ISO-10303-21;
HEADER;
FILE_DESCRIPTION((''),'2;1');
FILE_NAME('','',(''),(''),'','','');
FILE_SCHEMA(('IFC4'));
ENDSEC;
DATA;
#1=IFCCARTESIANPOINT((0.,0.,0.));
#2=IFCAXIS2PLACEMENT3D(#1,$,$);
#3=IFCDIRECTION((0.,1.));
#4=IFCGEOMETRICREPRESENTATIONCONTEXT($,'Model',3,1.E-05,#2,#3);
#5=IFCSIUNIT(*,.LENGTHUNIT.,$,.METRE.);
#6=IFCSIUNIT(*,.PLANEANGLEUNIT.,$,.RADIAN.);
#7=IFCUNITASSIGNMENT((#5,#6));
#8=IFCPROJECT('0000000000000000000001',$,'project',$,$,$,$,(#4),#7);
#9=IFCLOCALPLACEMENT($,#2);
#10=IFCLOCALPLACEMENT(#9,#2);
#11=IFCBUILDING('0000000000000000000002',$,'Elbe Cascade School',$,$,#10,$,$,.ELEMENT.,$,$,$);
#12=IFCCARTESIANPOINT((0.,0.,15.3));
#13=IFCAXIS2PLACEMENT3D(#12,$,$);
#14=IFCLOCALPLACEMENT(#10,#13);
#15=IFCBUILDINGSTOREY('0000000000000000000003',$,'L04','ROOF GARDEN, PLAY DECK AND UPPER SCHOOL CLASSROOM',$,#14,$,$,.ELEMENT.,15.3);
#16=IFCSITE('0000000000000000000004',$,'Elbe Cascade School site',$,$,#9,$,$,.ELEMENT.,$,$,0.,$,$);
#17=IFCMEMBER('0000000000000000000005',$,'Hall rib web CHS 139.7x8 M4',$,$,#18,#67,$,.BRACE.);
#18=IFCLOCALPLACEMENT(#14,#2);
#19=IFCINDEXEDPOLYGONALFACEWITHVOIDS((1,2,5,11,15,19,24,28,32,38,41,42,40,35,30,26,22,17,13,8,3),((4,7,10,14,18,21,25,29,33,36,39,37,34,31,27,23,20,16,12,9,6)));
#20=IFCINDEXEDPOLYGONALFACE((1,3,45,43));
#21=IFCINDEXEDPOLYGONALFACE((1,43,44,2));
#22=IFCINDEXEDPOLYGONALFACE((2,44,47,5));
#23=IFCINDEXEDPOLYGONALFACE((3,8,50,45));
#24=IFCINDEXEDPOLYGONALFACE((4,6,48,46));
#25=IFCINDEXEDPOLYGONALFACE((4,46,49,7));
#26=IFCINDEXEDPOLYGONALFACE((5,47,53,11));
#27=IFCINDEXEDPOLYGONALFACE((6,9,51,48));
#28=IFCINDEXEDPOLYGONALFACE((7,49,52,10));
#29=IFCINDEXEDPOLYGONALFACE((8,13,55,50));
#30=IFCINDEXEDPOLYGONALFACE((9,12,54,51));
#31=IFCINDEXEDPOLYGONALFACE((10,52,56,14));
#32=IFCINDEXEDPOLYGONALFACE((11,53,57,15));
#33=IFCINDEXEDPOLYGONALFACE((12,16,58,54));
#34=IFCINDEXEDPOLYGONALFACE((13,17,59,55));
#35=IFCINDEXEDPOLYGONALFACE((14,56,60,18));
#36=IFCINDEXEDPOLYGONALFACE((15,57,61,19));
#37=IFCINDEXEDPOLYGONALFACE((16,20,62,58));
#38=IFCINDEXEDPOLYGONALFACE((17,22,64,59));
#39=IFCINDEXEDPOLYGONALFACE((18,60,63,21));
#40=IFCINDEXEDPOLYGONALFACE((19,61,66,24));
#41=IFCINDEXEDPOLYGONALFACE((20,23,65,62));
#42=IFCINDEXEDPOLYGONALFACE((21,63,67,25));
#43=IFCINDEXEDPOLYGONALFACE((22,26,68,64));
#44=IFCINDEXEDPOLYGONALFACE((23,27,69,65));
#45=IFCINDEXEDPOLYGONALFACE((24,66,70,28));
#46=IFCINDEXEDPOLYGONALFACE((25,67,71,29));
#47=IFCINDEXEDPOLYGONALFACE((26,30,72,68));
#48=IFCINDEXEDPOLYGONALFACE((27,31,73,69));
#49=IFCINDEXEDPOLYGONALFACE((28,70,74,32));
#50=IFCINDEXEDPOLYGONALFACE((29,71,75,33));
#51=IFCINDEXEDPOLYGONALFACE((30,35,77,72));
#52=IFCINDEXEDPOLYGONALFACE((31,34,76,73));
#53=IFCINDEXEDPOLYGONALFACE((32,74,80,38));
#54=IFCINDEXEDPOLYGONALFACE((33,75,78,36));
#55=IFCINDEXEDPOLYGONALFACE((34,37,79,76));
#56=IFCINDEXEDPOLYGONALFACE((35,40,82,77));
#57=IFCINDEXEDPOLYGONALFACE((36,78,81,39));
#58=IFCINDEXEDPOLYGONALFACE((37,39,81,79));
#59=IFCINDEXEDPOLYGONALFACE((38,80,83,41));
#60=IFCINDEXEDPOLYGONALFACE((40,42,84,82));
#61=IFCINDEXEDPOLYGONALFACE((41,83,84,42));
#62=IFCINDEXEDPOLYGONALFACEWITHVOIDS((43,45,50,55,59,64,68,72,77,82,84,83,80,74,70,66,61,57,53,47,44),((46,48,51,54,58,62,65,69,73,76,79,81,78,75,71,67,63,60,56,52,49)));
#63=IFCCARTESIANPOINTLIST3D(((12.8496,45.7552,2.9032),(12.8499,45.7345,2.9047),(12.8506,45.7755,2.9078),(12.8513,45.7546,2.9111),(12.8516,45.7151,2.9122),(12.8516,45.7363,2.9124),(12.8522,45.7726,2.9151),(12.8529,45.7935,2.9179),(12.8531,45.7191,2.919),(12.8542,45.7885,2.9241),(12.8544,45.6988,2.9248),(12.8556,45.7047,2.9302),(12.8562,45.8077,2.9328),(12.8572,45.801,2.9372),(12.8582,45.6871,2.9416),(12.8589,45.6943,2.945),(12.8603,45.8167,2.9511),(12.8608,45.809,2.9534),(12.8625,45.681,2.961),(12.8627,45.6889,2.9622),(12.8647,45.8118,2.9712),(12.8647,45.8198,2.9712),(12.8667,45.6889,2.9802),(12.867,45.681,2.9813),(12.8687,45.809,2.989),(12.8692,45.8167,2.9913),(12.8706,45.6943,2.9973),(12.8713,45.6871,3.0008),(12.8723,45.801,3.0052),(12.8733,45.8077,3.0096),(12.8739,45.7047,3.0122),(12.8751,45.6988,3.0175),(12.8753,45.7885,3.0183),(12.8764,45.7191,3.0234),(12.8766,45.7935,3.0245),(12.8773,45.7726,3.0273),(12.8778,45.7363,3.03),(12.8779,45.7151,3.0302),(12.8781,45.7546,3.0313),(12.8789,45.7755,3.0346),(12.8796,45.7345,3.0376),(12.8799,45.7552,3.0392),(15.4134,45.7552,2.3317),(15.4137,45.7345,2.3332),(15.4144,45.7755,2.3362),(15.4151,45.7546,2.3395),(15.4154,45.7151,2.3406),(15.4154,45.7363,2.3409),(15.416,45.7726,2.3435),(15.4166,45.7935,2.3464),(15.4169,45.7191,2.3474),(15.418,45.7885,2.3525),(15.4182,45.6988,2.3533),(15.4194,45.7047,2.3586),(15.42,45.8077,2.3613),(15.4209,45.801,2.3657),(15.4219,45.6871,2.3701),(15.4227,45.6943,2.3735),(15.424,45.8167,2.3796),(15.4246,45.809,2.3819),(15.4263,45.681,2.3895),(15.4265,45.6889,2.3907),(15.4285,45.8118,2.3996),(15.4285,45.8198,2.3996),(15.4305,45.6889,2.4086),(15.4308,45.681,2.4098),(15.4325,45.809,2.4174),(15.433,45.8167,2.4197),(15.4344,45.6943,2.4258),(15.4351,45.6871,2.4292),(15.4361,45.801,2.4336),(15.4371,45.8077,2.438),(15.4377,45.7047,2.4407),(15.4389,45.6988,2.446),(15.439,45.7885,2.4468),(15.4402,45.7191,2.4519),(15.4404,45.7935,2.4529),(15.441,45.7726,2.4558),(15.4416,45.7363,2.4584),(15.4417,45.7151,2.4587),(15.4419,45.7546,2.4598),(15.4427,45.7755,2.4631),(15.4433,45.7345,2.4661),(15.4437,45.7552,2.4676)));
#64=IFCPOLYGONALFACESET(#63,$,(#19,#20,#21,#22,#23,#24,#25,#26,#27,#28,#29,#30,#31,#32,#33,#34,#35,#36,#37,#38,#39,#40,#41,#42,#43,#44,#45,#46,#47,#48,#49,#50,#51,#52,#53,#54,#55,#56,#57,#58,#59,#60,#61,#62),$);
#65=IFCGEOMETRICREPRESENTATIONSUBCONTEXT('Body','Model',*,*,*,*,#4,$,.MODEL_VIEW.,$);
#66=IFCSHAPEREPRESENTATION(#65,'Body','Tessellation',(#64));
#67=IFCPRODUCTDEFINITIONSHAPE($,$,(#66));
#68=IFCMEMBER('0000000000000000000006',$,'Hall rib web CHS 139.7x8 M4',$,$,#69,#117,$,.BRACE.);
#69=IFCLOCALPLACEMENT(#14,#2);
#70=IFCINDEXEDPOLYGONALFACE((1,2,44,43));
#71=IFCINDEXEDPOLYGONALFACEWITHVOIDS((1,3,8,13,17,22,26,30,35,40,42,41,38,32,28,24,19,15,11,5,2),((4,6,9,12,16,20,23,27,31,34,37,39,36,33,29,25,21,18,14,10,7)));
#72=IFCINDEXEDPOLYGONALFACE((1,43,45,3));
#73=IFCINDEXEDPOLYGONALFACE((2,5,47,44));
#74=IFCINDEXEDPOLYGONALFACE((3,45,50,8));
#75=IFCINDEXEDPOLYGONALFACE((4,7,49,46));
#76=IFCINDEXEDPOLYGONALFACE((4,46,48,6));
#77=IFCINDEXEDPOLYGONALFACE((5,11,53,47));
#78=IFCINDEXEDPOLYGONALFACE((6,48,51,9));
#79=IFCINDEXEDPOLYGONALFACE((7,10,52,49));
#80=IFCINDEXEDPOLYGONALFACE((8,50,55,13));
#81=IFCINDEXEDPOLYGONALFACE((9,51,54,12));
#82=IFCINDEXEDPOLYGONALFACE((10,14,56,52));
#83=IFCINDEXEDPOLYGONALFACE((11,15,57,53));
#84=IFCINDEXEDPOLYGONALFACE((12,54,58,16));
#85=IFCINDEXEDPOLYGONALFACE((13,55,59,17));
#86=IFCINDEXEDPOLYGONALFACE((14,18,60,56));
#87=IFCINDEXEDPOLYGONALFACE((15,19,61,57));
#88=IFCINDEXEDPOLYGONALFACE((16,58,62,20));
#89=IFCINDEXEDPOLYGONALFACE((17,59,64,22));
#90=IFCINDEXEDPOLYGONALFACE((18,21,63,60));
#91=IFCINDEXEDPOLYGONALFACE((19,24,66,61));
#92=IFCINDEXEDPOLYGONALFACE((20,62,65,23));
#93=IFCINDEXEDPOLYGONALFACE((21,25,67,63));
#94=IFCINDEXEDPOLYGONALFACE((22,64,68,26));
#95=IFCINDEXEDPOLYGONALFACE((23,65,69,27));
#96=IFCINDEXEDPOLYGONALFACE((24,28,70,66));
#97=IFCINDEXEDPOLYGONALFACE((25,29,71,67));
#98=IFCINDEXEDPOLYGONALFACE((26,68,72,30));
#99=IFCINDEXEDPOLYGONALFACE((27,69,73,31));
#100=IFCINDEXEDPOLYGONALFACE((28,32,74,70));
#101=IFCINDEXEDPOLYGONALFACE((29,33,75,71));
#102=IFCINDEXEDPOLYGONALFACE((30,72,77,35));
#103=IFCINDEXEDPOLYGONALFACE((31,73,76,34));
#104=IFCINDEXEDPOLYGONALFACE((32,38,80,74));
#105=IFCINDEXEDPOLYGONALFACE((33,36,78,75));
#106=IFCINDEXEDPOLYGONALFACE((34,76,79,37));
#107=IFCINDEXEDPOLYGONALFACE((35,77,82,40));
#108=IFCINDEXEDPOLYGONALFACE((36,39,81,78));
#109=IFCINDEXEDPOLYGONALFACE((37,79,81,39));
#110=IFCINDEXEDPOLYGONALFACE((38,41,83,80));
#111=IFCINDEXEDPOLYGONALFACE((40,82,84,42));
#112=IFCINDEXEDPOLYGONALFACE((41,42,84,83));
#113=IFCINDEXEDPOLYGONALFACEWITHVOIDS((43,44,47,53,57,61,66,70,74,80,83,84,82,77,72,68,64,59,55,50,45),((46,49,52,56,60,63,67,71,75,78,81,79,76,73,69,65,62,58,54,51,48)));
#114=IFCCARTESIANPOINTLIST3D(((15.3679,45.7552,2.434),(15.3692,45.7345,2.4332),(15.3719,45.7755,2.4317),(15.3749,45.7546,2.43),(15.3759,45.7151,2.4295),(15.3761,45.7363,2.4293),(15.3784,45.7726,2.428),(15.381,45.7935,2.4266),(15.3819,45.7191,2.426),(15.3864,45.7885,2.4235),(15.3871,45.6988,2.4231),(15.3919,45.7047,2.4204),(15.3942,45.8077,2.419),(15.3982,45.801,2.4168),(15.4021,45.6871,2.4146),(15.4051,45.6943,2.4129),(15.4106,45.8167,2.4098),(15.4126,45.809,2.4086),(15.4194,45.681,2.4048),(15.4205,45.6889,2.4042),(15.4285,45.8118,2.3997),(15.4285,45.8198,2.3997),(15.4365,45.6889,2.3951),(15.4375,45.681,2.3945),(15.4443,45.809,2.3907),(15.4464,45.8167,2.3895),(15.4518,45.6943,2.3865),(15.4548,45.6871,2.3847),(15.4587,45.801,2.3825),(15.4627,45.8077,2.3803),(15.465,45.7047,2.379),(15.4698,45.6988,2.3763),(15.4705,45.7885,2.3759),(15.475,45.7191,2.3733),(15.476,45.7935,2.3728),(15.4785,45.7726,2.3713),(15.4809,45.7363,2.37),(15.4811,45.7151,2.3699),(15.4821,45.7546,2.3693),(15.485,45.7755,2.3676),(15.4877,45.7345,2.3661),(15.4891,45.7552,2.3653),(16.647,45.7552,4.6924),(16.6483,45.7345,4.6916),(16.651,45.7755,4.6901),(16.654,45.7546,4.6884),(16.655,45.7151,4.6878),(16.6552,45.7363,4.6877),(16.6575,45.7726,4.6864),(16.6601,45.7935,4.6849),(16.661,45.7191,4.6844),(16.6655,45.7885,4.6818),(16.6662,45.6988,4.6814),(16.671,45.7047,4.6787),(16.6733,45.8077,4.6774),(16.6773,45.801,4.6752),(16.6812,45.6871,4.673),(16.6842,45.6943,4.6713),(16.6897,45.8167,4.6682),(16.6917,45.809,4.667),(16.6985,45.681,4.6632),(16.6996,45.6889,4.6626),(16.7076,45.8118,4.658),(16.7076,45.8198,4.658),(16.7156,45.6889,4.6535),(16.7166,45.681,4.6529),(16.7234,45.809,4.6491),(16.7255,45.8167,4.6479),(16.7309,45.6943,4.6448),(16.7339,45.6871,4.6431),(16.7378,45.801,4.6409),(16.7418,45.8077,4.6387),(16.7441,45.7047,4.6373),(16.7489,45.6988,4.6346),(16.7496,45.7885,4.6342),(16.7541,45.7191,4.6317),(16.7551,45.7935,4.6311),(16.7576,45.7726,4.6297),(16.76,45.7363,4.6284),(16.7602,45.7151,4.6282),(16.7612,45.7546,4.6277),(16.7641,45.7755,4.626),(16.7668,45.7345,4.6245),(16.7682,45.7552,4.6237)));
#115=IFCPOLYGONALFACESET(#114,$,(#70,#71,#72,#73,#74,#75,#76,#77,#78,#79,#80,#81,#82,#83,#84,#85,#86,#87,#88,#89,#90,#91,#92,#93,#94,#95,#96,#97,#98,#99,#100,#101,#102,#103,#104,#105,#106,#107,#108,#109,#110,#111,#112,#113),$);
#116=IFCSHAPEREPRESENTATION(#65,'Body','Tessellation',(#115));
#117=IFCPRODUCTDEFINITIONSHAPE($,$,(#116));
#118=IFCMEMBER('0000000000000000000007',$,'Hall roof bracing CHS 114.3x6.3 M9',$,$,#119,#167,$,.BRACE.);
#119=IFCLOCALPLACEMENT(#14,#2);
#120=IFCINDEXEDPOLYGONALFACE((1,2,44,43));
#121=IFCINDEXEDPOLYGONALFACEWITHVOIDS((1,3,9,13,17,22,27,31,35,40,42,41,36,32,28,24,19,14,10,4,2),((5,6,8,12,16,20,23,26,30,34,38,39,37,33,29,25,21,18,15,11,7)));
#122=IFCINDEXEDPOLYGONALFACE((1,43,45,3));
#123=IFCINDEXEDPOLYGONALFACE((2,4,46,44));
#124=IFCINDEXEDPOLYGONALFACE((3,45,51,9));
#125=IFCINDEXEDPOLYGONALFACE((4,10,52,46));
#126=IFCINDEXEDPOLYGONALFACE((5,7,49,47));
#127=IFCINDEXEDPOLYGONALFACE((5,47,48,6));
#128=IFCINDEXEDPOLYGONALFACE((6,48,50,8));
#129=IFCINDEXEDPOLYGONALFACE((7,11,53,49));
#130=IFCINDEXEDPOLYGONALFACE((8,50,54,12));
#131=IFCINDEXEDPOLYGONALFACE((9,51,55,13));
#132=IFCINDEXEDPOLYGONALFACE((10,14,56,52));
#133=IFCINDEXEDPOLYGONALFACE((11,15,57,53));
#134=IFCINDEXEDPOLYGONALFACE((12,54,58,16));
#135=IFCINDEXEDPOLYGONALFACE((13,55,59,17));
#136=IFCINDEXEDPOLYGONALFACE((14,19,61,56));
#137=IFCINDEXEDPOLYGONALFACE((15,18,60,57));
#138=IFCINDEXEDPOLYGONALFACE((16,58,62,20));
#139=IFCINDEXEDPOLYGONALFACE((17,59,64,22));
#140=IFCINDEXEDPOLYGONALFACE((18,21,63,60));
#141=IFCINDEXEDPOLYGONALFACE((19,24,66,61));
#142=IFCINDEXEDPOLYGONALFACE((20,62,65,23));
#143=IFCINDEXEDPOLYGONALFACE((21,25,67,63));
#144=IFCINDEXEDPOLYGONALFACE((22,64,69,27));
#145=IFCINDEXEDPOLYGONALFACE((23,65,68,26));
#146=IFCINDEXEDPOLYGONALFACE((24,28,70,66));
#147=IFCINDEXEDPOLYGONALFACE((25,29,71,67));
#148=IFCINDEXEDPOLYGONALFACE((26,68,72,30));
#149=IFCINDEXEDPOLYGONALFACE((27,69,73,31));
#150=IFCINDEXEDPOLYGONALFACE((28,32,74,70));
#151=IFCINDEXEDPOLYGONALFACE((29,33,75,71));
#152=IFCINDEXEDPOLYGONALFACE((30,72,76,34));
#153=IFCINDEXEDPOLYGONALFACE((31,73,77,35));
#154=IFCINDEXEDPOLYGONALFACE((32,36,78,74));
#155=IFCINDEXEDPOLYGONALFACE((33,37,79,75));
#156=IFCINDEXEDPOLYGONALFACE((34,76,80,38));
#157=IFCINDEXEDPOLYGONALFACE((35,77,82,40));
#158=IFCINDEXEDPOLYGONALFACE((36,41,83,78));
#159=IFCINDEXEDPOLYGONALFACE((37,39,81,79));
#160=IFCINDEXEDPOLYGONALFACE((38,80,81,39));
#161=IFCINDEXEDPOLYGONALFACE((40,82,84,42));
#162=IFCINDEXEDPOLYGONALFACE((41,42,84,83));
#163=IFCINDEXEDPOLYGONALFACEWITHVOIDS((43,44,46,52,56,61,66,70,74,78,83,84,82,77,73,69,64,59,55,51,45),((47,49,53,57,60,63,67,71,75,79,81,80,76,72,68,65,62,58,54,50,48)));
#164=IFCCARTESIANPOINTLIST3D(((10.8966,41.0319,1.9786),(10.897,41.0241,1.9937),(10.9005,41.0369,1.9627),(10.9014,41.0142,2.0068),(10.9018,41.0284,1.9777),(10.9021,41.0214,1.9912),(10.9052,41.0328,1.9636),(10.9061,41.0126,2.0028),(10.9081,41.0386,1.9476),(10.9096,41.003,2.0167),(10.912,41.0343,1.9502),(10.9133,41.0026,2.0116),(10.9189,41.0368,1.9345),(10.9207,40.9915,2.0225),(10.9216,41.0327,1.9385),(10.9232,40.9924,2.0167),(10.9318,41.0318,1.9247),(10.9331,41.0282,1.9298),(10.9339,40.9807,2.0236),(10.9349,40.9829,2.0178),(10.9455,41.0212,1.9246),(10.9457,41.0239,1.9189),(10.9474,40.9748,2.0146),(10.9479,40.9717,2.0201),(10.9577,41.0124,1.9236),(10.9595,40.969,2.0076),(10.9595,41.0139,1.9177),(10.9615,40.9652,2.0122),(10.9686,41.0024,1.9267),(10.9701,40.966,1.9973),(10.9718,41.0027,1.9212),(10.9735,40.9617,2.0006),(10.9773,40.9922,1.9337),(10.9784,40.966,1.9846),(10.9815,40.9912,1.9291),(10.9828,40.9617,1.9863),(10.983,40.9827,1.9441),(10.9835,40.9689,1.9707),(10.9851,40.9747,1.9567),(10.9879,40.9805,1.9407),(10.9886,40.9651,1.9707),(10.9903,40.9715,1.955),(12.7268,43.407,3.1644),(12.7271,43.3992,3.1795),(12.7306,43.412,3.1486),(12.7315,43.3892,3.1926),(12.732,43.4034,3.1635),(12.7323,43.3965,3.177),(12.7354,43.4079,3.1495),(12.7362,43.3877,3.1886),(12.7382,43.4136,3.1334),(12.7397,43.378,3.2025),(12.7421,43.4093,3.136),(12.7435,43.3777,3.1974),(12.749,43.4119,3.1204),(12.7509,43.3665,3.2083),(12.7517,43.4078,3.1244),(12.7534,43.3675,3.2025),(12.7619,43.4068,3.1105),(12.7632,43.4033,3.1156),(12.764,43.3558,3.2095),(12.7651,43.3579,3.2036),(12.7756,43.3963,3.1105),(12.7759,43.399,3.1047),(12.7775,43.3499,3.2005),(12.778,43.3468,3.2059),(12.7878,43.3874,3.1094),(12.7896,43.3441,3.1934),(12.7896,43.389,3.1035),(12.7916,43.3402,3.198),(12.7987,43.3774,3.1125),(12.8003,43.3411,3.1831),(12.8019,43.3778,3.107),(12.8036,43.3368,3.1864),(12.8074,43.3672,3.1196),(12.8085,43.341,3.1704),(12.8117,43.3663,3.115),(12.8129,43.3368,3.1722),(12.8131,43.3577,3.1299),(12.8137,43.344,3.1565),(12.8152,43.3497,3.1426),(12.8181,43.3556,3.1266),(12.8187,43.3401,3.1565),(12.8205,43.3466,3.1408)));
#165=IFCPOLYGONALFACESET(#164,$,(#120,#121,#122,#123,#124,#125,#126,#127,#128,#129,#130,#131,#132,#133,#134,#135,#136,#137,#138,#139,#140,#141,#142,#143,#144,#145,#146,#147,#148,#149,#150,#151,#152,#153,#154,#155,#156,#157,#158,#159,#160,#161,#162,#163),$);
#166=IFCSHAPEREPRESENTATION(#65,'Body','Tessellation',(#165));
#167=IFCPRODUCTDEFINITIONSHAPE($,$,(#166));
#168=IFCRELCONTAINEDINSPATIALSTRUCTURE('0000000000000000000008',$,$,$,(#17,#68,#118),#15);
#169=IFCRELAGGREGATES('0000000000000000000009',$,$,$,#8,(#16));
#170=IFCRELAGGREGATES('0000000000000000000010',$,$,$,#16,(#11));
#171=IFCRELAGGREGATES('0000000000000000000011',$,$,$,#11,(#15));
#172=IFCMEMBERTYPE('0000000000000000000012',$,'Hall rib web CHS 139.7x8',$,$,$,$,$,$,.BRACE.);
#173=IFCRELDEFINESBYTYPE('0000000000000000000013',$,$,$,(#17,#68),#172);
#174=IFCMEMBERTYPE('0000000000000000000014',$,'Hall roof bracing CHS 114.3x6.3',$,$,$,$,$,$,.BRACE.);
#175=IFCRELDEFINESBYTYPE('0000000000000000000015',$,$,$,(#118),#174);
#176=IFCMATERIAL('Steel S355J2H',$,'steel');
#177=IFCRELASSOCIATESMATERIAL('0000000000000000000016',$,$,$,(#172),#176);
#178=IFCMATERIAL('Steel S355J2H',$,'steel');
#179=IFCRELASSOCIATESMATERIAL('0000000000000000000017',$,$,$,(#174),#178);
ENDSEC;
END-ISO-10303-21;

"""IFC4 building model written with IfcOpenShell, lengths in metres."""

from ifc_helpers import new_model, si_unit, direction, frame, origin, origin_2d, place, context, subcontext, project, spatial, hollow_circle, extrude, material, material_profile, profile_set, type_object, element, save


model = new_model("IFC4")

# Units and contexts
model_context = context("Model", 3, precision=1e-05, world=origin(), true_north=direction((0.0, 1.0)))
body_context = subcontext(model_context, "Body", "Model", "MODEL_VIEW")
ifc_project = project(units=[si_unit("LENGTHUNIT", "METRE"), si_unit("PLANEANGLEUNIT", "RADIAN")], contexts=[model_context])

# Site, building, storey
site_placement = place(None, origin())
site = spatial("IfcSite", under=ifc_project, at=site_placement, Name="Elbe Cascade School site", CompositionType="ELEMENT", RefElevation=0.0)
building_placement = place(site_placement, origin())
building = spatial("IfcBuilding", under=site, at=building_placement, Name="Elbe Cascade School", CompositionType="ELEMENT")
storey_placement = place(building_placement, frame((0.0, 0.0, 15.3)))
storey = spatial("IfcBuildingStorey", under=building, at=storey_placement, Name="L04", Description="ROOF GARDEN, PLAY DECK AND UPPER SCHOOL CLASSROOM", CompositionType="ELEMENT", Elevation=15.3)

# Members
ifc_material_1 = material(Name="Steel S355J2H", Category="steel")
ifc_material_profile_1 = material_profile(ifc_material_1, hollow_circle(Radius=0.0698, WallThickness=0.0081, at=origin_2d()), Name="CHS 139.7x8")
ifc_profile_set_1 = profile_set([ifc_material_profile_1], Name="Steel S355J2H")
member_type_1 = type_object("IfcMemberType", Name="Hall rib web CHS 139.7x8", PredefinedType="BRACE", material=ifc_profile_set_1)
member_1_placement = place(storey_placement, frame((12.8647, 45.75, 2.9712), z_axis=(0.97604, 0.0, -0.21759), x_axis=(0.0, 1.0, 0.0)))
element("IfcMember", 1, at=member_1_placement, inside=storey, type_object=member_type_1, Name="Hall rib web CHS 139.7x8 M4", PredefinedType="BRACE", context=body_context, shape_type="SweptSolid", body=[
    extrude(hollow_circle(Radius=0.0698, WallThickness=0.0081, at=origin_2d()), origin(), (0.0, 0.0, 1.0), 2.6267),
])
member_2_placement = place(storey_placement, frame((15.4285, 45.75, 2.3997), z_axis=(0.492823, 0.0, 0.87013), x_axis=(0.0, 1.0, 0.0)))
element("IfcMember", 2, at=member_2_placement, inside=storey, type_object=member_type_1, Name="Hall rib web CHS 139.7x8 M4", PredefinedType="BRACE", context=body_context, shape_type="SweptSolid", body=[
    extrude(hollow_circle(Radius=0.0698, WallThickness=0.0081, at=origin_2d()), origin(), (0.0, 0.0, 1.0), 2.5955),
])
ifc_material_2 = material(Name="Steel S355J2H", Category="steel")
ifc_material_profile_2 = material_profile(ifc_material_2, hollow_circle(Radius=0.0571, WallThickness=0.0063, at=origin_2d()), Name="CHS 114.3x6.3")
ifc_profile_set_2 = profile_set([ifc_material_profile_2], Name="Steel S355J2H")
member_type_2 = type_object("IfcMemberType", Name="Hall roof bracing CHS 114.3x6.3", PredefinedType="BRACE", material=ifc_profile_set_2)
member_3_placement = place(storey_placement, frame((12.7734, 43.375, 3.1565), z_axis=(-0.567595, -0.736601, -0.36777), x_axis=(0.792115, -0.610372, 0.0)))
element("IfcMember", 3, at=member_3_placement, inside=storey, type_object=member_type_2, Name="Hall roof bracing CHS 114.3x6.3 M9", PredefinedType="BRACE", context=body_context, shape_type="SweptSolid", body=[
    extrude(hollow_circle(Radius=0.0571, WallThickness=0.0063, at=origin_2d()), origin(), (0.0, 0.0, 1.0), 3.2244),
])

save(model, "model.ifc")
